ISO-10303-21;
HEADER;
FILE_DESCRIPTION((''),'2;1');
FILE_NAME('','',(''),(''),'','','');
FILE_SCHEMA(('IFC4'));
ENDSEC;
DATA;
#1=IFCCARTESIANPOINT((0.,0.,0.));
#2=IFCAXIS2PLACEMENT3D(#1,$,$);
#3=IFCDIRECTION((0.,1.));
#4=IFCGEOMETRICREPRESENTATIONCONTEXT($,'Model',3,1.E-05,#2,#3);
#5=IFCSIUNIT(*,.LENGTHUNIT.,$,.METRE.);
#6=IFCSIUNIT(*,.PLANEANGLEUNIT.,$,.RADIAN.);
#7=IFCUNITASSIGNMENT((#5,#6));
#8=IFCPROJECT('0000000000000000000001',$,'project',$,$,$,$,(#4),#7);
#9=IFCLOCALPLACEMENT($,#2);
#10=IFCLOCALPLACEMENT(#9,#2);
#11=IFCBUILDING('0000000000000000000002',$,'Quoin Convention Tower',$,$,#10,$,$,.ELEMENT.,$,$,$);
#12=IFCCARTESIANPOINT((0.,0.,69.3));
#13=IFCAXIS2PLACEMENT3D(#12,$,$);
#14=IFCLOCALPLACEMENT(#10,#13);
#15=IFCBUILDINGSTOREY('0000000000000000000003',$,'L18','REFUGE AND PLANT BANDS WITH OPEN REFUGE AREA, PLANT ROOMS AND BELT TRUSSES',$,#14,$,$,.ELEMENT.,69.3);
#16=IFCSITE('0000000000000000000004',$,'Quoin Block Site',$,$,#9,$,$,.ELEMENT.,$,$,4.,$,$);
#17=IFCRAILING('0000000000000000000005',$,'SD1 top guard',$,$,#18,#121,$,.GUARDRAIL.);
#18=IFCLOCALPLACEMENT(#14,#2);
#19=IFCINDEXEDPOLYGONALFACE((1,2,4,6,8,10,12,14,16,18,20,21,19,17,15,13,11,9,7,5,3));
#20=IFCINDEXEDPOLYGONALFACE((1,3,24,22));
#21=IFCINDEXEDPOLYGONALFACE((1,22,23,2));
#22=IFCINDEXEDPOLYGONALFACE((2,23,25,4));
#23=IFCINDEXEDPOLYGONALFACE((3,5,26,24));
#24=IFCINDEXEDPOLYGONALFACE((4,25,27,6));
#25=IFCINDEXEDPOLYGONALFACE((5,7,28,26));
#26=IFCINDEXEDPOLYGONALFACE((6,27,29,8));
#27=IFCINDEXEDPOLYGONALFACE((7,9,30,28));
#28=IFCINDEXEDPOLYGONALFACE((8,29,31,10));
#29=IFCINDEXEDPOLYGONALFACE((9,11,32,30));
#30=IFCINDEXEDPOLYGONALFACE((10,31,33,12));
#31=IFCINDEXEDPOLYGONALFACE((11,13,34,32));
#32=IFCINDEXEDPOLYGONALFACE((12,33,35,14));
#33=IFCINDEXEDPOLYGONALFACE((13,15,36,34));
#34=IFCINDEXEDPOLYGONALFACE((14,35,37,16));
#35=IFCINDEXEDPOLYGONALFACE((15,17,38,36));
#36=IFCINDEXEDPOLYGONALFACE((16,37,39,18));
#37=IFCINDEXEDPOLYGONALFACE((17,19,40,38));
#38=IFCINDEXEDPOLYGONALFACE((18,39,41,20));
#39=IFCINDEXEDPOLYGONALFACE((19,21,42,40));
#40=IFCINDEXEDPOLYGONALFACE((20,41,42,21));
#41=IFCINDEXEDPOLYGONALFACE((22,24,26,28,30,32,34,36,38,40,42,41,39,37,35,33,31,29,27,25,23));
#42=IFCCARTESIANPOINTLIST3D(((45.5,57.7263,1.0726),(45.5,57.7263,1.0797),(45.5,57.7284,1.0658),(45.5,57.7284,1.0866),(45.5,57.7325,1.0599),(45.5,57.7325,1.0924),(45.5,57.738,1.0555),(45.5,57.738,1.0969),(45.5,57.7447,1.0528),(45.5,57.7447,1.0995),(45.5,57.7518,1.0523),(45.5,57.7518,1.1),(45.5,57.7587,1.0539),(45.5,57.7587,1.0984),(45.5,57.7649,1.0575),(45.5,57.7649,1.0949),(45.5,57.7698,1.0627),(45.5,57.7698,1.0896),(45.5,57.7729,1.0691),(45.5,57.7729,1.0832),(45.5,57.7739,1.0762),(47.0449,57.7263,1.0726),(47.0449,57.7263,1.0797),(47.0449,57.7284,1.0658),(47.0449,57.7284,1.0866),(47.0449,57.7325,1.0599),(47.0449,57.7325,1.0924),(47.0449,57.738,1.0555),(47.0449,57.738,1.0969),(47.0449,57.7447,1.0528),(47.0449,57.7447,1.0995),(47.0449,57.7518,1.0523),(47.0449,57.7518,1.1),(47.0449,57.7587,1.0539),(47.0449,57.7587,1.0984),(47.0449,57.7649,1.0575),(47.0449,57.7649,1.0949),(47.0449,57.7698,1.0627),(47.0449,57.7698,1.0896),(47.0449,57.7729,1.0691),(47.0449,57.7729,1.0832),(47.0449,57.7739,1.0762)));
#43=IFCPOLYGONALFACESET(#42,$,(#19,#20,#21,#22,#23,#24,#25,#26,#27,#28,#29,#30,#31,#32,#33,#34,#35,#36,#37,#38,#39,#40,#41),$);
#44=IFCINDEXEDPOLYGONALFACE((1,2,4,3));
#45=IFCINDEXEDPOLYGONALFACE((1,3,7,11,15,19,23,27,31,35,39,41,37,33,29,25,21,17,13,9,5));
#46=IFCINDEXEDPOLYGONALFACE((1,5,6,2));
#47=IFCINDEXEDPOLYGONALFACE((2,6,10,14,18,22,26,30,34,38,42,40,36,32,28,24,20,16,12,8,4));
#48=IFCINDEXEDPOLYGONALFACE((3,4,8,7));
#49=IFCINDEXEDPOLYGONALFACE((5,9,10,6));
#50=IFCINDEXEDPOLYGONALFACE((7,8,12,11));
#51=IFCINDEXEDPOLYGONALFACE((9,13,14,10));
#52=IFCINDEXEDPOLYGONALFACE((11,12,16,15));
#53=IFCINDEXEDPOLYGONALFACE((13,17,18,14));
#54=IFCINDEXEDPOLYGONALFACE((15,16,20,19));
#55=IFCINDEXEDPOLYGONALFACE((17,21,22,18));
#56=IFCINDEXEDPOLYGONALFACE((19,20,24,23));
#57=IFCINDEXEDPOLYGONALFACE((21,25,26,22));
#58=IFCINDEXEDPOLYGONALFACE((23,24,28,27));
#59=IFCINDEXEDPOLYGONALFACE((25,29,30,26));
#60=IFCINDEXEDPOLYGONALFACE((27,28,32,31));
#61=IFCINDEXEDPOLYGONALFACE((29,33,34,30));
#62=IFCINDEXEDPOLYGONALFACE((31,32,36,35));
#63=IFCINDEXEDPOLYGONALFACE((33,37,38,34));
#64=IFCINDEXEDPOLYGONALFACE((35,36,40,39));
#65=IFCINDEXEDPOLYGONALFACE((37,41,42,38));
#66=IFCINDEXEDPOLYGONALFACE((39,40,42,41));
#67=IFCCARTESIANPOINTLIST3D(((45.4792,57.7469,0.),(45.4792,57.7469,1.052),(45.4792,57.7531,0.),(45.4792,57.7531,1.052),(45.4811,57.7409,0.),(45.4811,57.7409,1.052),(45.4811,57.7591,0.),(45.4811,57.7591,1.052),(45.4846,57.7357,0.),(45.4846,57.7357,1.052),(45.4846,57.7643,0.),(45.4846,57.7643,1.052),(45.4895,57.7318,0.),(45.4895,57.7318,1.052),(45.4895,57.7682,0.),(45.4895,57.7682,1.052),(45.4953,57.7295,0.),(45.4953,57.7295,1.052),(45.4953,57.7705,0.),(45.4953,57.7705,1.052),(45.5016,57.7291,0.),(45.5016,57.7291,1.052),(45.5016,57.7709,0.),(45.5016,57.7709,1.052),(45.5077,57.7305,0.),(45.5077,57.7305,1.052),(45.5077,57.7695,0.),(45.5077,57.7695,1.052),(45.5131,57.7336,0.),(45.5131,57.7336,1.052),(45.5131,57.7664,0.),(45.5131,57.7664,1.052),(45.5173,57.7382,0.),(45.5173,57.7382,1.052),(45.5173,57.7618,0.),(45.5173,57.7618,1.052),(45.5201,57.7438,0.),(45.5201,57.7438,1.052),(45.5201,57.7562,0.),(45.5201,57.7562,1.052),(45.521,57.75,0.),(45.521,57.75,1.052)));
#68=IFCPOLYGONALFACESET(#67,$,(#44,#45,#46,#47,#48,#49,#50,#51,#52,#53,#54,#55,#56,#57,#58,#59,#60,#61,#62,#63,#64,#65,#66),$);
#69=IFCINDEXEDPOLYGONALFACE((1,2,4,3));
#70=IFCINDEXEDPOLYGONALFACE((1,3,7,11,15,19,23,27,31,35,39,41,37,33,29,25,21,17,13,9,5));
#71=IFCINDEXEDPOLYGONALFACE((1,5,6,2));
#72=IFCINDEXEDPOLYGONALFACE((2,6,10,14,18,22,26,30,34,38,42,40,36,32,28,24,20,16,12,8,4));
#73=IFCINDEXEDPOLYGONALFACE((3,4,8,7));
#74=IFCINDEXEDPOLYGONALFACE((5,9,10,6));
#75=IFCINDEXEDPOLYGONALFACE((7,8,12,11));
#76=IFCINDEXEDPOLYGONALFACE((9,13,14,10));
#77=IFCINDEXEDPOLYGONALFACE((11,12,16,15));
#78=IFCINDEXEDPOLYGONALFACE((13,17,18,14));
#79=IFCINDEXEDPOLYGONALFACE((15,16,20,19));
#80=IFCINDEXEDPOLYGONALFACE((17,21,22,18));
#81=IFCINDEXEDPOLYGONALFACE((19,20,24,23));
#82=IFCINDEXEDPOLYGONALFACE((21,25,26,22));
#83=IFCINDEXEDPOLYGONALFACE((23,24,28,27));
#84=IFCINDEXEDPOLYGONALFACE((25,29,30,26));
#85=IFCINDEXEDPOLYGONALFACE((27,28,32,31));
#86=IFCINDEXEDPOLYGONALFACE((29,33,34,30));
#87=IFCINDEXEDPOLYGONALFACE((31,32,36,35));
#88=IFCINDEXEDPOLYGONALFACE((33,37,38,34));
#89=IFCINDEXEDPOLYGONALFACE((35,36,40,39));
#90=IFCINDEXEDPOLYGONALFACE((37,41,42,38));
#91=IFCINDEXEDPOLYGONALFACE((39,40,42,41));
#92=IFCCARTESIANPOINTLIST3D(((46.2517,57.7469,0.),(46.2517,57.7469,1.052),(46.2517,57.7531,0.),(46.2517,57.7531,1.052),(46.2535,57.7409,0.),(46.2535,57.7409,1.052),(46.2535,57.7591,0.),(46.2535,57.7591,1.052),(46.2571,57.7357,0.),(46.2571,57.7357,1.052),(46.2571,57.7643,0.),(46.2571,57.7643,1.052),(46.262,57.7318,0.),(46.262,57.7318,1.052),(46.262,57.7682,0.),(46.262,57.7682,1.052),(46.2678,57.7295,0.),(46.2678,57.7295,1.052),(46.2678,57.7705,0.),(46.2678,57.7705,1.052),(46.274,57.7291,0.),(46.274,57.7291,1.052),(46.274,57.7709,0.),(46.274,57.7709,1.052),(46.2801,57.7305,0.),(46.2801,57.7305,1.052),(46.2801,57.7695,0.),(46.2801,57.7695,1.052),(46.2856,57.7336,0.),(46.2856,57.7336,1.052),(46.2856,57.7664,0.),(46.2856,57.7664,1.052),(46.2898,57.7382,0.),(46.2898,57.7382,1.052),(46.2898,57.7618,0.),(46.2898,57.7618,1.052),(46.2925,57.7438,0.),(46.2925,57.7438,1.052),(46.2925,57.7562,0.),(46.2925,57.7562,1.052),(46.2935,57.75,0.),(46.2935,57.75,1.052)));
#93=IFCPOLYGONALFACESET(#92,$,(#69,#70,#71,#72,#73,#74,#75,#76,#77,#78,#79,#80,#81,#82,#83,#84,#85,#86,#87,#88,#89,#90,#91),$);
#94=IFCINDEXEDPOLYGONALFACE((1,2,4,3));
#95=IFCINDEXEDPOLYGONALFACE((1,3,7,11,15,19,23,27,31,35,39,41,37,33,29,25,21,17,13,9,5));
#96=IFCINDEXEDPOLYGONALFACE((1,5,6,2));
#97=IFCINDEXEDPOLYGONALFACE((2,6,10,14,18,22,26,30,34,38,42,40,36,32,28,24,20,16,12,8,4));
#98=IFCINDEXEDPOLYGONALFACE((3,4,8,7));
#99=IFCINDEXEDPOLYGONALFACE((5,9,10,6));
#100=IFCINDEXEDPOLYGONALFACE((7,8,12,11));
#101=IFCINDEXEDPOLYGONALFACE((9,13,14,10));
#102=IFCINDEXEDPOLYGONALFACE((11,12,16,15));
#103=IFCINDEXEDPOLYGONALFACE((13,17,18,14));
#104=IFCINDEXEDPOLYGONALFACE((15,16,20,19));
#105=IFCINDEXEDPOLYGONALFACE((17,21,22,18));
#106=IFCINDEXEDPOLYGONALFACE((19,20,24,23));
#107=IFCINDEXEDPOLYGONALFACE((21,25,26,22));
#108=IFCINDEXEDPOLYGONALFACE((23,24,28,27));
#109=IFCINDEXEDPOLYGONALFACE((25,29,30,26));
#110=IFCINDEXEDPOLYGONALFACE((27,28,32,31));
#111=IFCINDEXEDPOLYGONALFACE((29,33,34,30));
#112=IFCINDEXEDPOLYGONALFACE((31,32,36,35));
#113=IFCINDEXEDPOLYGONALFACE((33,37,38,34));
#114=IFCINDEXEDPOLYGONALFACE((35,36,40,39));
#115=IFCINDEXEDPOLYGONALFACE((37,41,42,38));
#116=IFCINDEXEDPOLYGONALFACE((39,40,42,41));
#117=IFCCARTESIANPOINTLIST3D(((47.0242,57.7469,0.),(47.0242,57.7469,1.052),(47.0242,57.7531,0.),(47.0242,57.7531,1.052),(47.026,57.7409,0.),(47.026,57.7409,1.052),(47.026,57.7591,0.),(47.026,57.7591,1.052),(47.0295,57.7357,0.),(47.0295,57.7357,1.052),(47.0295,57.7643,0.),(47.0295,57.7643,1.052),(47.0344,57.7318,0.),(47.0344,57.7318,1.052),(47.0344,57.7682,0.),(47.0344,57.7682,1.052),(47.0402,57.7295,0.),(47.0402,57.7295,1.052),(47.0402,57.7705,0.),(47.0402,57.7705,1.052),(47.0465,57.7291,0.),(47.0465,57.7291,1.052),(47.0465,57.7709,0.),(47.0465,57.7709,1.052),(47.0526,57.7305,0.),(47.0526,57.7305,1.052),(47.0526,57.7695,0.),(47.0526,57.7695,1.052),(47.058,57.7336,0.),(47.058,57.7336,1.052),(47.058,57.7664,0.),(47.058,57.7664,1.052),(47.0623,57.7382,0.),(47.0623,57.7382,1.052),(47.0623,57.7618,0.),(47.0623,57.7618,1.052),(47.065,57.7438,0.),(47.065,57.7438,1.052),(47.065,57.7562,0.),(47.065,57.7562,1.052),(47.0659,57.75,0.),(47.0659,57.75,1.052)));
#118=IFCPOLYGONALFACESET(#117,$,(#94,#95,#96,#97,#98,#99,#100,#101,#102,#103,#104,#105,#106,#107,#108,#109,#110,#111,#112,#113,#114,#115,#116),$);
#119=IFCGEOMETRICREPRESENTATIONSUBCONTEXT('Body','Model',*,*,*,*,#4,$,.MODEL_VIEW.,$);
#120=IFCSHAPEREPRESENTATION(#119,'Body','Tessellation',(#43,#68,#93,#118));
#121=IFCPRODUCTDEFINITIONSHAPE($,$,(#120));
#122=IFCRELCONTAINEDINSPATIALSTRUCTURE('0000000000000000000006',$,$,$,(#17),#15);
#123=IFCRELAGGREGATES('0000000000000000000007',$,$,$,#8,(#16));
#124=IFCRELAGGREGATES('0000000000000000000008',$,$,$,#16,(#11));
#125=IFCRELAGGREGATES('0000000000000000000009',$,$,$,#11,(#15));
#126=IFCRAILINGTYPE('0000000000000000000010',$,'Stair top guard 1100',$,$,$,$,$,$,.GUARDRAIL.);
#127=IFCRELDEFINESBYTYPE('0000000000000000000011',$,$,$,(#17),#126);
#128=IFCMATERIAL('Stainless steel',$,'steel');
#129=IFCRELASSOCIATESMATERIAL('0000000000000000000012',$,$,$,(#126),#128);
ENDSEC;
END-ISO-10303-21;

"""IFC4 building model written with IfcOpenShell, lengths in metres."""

from ifc_helpers import new_model, si_unit, direction, frame, origin, origin_2d, place, context, subcontext, project, spatial, circle, extrude, material, type_object, element, save


model = new_model("IFC4")

# Units and contexts
model_context = context("Model", 3, precision=1e-05, world=origin(), true_north=direction((0.0, 1.0)))
body_context = subcontext(model_context, "Body", "Model", "MODEL_VIEW")
ifc_project = project(units=[si_unit("LENGTHUNIT", "METRE"), si_unit("PLANEANGLEUNIT", "RADIAN")], contexts=[model_context])

# Site, building, storey
site_placement = place(None, origin())
site = spatial("IfcSite", under=ifc_project, at=site_placement, Name="Quoin Block Site", CompositionType="ELEMENT", RefElevation=4.0)
building_placement = place(site_placement, origin())
building = spatial("IfcBuilding", under=site, at=building_placement, Name="Quoin Convention Tower", CompositionType="ELEMENT")
storey_placement = place(building_placement, frame((0.0, 0.0, 69.3)))
storey = spatial("IfcBuildingStorey", under=building, at=storey_placement, Name="L18", Description="REFUGE AND PLANT BANDS WITH OPEN REFUGE AREA, PLANT ROOMS AND BELT TRUSSES", CompositionType="ELEMENT", Elevation=69.3)

# Railing
ifc_material_1 = material(Name="Stainless steel", Category="steel")
railing_type_1 = type_object("IfcRailingType", Name="Stair top guard 1100", PredefinedType="GUARDRAIL", material=ifc_material_1)
railing_1_placement = place(storey_placement, frame((45.5, 57.75, 0.0)))
element("IfcRailing", 1, at=railing_1_placement, inside=storey, type_object=railing_type_1, Name="SD1 top guard", PredefinedType="GUARDRAIL", context=body_context, shape_type="SweptSolid", body=[
    extrude(circle(Radius=0.0239, at=origin_2d()), frame((0.0, 0.0, 1.0762), z_axis=(1.0, 0.0, 0.0), x_axis=(0.0, 1.0, 0.0)), (0.0, 0.0, 1.0), 1.5449),
    extrude(circle(Radius=0.021, at=origin_2d()), origin(), (0.0, 0.0, 1.0), 1.052),
    extrude(circle(Radius=0.021, at=origin_2d()), frame((0.7725, 0.0, 0.0)), (0.0, 0.0, 1.0), 1.052),
    extrude(circle(Radius=0.021, at=origin_2d()), frame((1.5449, 0.0, 0.0)), (0.0, 0.0, 1.0), 1.052),
])

save(model, "model.ifc")
